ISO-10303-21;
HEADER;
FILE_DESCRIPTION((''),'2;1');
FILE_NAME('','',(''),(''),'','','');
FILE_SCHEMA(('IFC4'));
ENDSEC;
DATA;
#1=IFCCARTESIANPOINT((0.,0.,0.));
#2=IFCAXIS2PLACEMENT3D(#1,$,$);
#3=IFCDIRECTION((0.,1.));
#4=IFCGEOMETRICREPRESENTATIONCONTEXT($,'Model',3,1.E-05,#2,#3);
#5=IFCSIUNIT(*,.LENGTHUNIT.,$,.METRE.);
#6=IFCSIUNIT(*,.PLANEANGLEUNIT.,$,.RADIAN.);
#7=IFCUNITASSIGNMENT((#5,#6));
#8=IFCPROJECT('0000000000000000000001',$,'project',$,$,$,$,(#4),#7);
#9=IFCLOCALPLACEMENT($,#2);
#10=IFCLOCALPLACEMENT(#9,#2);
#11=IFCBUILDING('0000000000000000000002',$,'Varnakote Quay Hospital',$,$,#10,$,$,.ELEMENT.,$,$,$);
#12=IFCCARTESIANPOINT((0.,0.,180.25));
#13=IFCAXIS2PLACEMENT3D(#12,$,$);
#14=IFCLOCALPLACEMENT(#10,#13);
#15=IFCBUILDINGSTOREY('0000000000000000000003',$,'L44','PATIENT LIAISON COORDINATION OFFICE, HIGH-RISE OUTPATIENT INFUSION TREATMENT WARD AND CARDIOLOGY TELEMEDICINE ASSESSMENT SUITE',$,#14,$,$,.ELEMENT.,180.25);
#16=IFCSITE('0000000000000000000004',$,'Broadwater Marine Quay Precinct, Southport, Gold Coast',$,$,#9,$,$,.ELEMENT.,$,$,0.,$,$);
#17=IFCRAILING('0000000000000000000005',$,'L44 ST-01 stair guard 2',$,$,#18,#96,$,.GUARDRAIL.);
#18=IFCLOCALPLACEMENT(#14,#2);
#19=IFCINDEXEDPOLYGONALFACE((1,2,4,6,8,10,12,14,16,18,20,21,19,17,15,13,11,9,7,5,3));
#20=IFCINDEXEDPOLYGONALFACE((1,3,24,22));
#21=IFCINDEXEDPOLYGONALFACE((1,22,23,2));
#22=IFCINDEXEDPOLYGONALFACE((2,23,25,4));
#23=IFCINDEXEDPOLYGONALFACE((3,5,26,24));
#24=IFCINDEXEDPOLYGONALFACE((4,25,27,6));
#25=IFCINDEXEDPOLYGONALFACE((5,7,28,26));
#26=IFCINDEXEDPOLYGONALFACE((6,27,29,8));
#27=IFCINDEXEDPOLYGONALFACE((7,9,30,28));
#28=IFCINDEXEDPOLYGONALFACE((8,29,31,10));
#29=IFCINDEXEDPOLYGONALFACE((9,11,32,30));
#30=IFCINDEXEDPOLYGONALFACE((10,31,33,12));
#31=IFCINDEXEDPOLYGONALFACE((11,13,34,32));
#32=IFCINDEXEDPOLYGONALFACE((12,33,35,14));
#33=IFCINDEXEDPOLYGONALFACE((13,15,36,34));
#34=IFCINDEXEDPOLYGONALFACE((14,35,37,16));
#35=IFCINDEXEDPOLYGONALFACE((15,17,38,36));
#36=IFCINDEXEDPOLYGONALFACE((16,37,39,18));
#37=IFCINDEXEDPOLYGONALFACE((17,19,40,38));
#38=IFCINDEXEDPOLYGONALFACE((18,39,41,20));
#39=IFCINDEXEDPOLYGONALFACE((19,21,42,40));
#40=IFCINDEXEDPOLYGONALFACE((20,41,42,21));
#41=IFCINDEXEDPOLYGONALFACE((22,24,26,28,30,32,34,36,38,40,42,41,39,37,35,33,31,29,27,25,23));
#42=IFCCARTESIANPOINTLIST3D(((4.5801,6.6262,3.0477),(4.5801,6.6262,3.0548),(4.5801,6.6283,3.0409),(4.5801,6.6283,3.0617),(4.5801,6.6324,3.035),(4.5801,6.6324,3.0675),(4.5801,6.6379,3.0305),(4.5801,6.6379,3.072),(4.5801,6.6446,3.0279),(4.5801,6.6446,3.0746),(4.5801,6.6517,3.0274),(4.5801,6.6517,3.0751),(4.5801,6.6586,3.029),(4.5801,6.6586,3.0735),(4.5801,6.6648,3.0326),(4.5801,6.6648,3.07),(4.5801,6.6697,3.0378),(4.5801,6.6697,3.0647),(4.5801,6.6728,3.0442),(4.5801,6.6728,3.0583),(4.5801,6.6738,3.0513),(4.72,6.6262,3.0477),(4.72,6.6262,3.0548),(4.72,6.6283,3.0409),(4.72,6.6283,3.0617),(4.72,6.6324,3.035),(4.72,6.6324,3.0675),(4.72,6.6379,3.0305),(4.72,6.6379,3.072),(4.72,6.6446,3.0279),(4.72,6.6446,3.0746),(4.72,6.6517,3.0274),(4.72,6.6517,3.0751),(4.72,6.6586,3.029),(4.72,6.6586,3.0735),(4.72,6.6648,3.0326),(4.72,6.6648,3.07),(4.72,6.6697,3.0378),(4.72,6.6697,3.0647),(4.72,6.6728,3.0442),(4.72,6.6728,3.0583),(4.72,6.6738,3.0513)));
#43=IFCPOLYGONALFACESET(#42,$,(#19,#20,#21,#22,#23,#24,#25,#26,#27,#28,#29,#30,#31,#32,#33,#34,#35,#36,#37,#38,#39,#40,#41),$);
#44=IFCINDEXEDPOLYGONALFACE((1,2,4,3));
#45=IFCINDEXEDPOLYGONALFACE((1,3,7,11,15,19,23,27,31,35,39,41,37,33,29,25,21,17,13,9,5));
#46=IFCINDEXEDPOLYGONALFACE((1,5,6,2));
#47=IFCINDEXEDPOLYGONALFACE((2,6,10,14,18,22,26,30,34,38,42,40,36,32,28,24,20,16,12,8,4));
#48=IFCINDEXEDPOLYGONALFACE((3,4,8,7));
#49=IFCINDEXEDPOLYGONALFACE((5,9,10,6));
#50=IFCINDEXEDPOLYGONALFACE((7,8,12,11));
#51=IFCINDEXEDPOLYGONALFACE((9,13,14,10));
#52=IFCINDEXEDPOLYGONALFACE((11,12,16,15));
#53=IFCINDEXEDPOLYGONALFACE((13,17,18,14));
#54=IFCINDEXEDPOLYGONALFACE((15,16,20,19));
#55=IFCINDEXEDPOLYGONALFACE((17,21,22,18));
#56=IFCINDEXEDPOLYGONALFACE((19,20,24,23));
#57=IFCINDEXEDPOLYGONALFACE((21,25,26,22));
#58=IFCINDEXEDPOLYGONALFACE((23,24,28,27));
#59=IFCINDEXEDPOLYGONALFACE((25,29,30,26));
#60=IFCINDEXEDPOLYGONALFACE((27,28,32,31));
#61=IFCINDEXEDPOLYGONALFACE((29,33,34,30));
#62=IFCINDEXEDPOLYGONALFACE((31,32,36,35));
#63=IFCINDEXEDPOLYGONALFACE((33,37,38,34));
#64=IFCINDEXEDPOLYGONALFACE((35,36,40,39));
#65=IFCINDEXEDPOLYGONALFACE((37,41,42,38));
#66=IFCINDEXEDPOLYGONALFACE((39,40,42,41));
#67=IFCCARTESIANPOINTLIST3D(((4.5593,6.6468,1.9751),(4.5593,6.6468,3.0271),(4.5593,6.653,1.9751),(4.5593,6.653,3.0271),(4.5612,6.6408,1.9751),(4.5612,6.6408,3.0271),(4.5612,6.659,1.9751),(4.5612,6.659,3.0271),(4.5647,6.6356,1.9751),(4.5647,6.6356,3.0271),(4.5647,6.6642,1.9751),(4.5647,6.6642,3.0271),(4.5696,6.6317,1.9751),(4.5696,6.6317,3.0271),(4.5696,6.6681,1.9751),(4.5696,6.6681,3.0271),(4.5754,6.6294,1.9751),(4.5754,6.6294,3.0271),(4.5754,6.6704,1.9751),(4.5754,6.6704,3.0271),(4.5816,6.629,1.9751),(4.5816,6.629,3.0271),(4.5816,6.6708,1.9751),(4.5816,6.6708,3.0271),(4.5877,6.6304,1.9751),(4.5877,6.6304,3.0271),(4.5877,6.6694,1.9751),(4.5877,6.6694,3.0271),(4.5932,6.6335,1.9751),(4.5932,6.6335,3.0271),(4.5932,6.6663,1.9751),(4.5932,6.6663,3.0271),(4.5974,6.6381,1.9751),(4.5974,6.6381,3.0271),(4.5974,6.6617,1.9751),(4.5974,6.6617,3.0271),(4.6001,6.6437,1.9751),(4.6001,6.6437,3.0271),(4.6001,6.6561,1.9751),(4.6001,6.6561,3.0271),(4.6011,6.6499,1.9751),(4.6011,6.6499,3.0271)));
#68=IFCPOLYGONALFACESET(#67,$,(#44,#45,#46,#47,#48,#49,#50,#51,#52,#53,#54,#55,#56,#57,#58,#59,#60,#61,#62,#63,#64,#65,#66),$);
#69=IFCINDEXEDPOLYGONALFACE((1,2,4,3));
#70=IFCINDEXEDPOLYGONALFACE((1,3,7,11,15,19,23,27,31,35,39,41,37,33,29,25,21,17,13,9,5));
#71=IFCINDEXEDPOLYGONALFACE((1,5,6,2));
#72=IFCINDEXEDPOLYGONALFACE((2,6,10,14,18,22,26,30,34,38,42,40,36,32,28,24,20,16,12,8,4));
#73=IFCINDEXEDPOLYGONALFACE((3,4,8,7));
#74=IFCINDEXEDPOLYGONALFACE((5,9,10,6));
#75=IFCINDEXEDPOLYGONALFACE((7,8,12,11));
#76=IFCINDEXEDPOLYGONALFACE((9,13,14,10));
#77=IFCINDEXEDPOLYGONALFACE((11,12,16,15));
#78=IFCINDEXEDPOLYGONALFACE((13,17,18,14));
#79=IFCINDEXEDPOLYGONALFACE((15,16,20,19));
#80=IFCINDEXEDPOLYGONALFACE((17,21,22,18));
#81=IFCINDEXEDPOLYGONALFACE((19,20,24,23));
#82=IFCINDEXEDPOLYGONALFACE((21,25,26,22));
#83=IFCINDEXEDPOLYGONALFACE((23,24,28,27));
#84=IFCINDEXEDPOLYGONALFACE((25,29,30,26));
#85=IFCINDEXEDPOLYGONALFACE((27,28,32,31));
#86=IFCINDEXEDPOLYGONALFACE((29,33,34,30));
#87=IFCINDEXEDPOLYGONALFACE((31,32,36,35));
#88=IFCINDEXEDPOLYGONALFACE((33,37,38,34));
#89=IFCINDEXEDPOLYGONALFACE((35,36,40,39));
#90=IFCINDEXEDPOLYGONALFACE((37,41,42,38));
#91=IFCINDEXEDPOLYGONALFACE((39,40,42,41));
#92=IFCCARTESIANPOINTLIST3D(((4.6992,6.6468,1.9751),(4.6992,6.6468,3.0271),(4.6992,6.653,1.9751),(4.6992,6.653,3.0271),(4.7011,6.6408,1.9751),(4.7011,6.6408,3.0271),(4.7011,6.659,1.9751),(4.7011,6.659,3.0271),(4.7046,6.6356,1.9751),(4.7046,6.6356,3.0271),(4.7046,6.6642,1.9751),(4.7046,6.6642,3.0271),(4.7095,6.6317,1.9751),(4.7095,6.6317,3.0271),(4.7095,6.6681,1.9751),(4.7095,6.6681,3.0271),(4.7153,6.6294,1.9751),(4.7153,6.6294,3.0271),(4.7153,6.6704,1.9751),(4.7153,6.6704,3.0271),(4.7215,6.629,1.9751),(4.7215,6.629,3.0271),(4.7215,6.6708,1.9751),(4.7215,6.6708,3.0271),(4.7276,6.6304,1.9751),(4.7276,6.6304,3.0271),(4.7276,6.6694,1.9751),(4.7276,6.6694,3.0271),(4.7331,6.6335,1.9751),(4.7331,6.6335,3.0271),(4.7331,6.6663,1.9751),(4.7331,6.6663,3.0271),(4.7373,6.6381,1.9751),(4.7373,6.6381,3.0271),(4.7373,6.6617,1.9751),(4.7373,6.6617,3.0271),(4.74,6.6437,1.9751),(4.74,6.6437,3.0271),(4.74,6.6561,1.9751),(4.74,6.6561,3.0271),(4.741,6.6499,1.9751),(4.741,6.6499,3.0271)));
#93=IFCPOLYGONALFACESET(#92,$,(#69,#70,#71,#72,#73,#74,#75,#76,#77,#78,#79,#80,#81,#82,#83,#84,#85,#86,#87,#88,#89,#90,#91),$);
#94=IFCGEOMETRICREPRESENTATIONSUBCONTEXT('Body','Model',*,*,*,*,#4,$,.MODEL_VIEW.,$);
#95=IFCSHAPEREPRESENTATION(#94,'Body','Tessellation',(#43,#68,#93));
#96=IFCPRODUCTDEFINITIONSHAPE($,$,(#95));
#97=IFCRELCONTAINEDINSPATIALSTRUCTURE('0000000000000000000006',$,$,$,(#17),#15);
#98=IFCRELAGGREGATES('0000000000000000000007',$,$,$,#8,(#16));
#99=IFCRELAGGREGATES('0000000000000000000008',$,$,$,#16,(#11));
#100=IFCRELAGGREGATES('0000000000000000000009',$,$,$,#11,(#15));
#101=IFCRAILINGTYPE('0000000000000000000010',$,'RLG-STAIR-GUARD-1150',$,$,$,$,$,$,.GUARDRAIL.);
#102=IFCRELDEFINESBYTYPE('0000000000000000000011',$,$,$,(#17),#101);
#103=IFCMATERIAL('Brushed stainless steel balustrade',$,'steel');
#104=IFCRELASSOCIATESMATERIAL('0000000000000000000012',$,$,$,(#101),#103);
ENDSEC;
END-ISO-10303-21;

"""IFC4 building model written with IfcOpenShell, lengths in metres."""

from ifc_helpers import new_model, si_unit, direction, frame, origin, origin_2d, place, context, subcontext, project, spatial, circle, extrude, material, type_object, element, save


model = new_model("IFC4")

# Units and contexts
model_context = context("Model", 3, precision=1e-05, world=origin(), true_north=direction((0.0, 1.0)))
body_context = subcontext(model_context, "Body", "Model", "MODEL_VIEW")
ifc_project = project(units=[si_unit("LENGTHUNIT", "METRE"), si_unit("PLANEANGLEUNIT", "RADIAN")], contexts=[model_context])

# Site, building, storey
site_placement = place(None, origin())
site = spatial("IfcSite", under=ifc_project, at=site_placement, Name="Broadwater Marine Quay Precinct, Southport, Gold Coast", CompositionType="ELEMENT", RefElevation=0.0)
building_placement = place(site_placement, origin())
building = spatial("IfcBuilding", under=site, at=building_placement, Name="Varnakote Quay Hospital", CompositionType="ELEMENT")
storey_placement = place(building_placement, frame((0.0, 0.0, 180.25)))
storey = spatial("IfcBuildingStorey", under=building, at=storey_placement, Name="L44", Description="PATIENT LIAISON COORDINATION OFFICE, HIGH-RISE OUTPATIENT INFUSION TREATMENT WARD AND CARDIOLOGY TELEMEDICINE ASSESSMENT SUITE", CompositionType="ELEMENT", Elevation=180.25)

# Railing
ifc_material_1 = material(Name="Brushed stainless steel balustrade", Category="steel")
railing_type_1 = type_object("IfcRailingType", Name="RLG-STAIR-GUARD-1150", PredefinedType="GUARDRAIL", material=ifc_material_1)
railing_1_placement = place(storey_placement, frame((4.5801, 6.6499, 1.9751)))
element("IfcRailing", 1, at=railing_1_placement, inside=storey, type_object=railing_type_1, Name="L44 ST-01 stair guard 2", PredefinedType="GUARDRAIL", context=body_context, shape_type="SweptSolid", body=[
    extrude(circle(Radius=0.0239, at=origin_2d()), frame((0.0, 0.0, 1.0762), z_axis=(1.0, 0.0, 0.0), x_axis=(0.0, 1.0, 0.0)), (0.0, 0.0, 1.0), 0.1399),
    extrude(circle(Radius=0.021, at=origin_2d()), origin(), (0.0, 0.0, 1.0), 1.052),
    extrude(circle(Radius=0.021, at=origin_2d()), frame((0.1399, 0.0, 0.0)), (0.0, 0.0, 1.0), 1.052),
])

save(model, "model.ifc")
